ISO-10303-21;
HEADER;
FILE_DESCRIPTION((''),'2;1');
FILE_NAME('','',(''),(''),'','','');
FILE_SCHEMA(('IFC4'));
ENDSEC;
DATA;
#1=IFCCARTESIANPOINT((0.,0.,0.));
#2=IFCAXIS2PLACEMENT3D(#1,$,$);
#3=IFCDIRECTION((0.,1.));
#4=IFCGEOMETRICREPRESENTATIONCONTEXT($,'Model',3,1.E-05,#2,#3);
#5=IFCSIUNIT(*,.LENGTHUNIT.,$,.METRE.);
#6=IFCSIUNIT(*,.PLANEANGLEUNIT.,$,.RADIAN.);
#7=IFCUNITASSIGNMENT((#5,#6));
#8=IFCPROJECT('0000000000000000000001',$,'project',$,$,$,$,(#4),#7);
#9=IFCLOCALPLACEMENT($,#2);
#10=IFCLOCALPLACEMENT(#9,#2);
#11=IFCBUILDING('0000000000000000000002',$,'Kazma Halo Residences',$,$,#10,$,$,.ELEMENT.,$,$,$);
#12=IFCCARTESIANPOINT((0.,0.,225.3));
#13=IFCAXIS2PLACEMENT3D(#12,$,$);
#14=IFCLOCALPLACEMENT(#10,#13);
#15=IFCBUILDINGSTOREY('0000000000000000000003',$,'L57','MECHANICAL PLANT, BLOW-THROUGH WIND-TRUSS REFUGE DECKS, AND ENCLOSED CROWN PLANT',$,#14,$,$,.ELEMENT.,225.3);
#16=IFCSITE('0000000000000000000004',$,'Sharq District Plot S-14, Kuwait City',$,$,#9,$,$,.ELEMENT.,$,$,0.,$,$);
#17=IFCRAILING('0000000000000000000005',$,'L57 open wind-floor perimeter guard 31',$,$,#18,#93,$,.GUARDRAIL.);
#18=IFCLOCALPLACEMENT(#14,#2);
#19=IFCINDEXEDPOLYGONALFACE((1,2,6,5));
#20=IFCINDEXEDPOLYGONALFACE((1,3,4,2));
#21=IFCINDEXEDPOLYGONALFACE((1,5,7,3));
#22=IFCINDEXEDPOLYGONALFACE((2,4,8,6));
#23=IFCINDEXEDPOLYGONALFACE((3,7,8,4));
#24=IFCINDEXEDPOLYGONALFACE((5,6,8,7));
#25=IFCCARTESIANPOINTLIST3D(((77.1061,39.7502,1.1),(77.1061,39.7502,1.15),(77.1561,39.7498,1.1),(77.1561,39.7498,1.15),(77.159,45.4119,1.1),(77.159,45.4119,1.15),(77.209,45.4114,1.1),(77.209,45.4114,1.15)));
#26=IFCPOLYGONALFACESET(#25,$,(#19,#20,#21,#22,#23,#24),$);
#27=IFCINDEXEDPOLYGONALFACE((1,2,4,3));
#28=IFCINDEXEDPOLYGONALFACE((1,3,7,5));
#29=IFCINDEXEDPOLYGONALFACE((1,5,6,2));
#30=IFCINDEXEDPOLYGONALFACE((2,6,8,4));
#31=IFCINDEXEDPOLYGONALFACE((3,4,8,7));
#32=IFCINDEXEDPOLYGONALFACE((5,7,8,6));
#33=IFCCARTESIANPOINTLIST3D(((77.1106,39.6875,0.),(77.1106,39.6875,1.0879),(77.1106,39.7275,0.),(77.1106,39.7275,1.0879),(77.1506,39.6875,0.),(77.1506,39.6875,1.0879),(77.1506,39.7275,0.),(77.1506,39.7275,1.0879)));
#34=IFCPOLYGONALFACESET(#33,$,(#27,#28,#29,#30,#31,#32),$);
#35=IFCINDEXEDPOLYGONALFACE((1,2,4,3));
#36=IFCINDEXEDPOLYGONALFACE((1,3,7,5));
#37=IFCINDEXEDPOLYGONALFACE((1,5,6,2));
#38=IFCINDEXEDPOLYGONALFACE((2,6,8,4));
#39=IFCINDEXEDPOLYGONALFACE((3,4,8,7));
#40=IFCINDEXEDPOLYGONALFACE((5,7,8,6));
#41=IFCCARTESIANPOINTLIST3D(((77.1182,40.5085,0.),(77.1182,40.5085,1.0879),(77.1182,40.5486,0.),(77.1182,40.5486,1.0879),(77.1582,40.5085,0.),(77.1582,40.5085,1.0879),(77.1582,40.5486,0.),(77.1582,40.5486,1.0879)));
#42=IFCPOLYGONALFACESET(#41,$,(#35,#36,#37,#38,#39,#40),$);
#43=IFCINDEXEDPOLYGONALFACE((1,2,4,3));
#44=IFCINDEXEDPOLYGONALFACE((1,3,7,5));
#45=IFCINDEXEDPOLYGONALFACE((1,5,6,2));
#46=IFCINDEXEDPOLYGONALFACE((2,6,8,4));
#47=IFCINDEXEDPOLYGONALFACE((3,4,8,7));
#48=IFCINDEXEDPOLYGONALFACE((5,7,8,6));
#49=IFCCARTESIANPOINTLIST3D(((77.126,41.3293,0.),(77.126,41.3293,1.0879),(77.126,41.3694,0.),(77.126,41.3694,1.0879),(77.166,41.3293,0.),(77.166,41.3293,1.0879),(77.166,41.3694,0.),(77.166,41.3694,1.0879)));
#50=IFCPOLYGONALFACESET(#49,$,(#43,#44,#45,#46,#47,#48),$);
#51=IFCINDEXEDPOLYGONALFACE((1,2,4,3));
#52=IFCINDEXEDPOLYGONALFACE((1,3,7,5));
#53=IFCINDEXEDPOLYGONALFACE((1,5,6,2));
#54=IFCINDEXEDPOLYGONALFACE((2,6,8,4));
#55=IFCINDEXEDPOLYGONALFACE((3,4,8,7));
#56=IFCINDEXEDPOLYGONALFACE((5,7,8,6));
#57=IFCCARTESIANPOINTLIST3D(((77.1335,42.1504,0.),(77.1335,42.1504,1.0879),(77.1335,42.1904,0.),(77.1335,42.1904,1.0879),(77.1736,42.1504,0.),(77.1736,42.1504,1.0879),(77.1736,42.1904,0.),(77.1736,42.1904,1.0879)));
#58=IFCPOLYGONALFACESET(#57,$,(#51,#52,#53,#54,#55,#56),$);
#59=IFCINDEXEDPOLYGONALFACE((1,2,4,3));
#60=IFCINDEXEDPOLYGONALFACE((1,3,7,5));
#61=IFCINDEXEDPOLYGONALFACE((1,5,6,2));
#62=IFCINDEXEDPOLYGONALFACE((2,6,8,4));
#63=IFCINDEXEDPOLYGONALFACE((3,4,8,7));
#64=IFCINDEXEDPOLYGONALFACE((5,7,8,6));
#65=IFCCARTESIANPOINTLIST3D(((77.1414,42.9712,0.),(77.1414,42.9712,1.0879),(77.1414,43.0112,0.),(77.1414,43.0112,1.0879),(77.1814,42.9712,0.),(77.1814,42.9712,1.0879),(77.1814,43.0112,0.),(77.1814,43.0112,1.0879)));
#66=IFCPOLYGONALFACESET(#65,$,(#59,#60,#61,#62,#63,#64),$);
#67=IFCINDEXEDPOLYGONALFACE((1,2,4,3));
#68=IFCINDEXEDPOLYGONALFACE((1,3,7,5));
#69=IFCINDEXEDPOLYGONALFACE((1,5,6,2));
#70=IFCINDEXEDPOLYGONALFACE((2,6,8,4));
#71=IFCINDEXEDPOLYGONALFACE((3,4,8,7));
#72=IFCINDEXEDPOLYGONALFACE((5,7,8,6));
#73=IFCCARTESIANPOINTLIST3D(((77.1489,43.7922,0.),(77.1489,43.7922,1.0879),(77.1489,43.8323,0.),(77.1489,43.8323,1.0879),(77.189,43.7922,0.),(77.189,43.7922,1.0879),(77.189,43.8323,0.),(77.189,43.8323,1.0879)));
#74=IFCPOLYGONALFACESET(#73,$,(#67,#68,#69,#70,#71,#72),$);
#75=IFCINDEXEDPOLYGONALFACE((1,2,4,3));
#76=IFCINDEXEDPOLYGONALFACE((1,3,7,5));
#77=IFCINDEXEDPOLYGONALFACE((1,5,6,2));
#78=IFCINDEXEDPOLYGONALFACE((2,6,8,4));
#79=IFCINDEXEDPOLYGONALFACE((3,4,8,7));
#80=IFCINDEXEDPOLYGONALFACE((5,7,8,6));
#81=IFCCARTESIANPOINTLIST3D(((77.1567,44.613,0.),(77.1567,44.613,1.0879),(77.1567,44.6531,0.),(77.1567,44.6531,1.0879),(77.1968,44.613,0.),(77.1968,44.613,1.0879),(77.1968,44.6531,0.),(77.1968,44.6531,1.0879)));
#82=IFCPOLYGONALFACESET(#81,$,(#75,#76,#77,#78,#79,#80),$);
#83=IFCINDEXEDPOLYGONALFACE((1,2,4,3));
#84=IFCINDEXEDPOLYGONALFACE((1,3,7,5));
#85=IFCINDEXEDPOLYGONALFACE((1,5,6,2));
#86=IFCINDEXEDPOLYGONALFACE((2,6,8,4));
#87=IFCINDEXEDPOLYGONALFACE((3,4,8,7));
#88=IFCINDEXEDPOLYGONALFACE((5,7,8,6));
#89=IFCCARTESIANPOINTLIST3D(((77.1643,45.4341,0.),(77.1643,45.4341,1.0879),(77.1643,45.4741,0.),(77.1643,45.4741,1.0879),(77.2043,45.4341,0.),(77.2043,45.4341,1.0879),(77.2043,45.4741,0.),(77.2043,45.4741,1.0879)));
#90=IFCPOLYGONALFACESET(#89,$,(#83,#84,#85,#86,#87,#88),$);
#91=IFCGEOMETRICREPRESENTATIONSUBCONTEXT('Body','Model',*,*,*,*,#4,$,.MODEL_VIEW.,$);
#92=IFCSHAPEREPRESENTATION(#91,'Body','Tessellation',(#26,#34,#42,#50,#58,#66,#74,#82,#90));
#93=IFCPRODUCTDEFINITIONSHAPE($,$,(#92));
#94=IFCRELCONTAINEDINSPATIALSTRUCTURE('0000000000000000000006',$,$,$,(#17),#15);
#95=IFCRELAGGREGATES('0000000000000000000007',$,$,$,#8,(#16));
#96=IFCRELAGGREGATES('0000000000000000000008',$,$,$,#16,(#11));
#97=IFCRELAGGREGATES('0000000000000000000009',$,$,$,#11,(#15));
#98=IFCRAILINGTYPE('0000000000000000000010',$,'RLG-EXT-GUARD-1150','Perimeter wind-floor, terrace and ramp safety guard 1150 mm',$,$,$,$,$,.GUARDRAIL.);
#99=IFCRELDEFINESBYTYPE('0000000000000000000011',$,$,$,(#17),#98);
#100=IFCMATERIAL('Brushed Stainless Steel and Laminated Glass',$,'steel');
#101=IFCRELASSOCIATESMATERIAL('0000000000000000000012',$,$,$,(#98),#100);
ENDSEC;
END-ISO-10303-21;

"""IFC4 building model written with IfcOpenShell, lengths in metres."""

from ifc_helpers import new_model, si_unit, direction, frame, origin, origin_2d, place, context, subcontext, project, spatial, rectangle, extrude, material, type_object, element, save


model = new_model("IFC4")

# Units and contexts
model_context = context("Model", 3, precision=1e-05, world=origin(), true_north=direction((0.0, 1.0)))
body_context = subcontext(model_context, "Body", "Model", "MODEL_VIEW")
ifc_project = project(units=[si_unit("LENGTHUNIT", "METRE"), si_unit("PLANEANGLEUNIT", "RADIAN")], contexts=[model_context])

# Site, building, storey
site_placement = place(None, origin())
site = spatial("IfcSite", under=ifc_project, at=site_placement, Name="Sharq District Plot S-14, Kuwait City", CompositionType="ELEMENT", RefElevation=0.0)
building_placement = place(site_placement, origin())
building = spatial("IfcBuilding", under=site, at=building_placement, Name="Kazma Halo Residences", CompositionType="ELEMENT")
storey_placement = place(building_placement, frame((0.0, 0.0, 225.3)))
storey = spatial("IfcBuildingStorey", under=building, at=storey_placement, Name="L57", Description="MECHANICAL PLANT, BLOW-THROUGH WIND-TRUSS REFUGE DECKS, AND ENCLOSED CROWN PLANT", CompositionType="ELEMENT", Elevation=225.3)

# Railing
ifc_material_1 = material(Name="Brushed Stainless Steel and Laminated Glass", Category="steel")
railing_type = type_object("IfcRailingType", Name="RLG-EXT-GUARD-1150", Description="Perimeter wind-floor, terrace and ramp safety guard 1150 mm", PredefinedType="GUARDRAIL", material=ifc_material_1)
railing_1_placement = place(storey_placement, frame((77.1306, 39.7075, 0.0)))
element("IfcRailing", 1, at=railing_1_placement, inside=storey, type_object=railing_type, Name="L57 open wind-floor perimeter guard 31", PredefinedType="GUARDRAIL", context=body_context, shape_type="SweptSolid", body=[
    extrude(rectangle(XDim=0.05, YDim=0.05, at=origin_2d()), frame((0.0005, 0.0425, 1.125), z_axis=(0.009346, 0.999956, 0.0), x_axis=(-0.999956, 0.009346, 0.0)), (0.0, 0.0, 1.0), 5.6619),
    extrude(rectangle(XDim=0.04, YDim=0.04, at=origin_2d()), origin(), (0.0, 0.0, 1.0), 1.0879),
    extrude(rectangle(XDim=0.04, YDim=0.04, at=origin_2d()), frame((0.0076, 0.821, 0.0)), (0.0, 0.0, 1.0), 1.0879),
    extrude(rectangle(XDim=0.04, YDim=0.04, at=origin_2d()), frame((0.0154, 1.6418, 0.0)), (0.0, 0.0, 1.0), 1.0879),
    extrude(rectangle(XDim=0.04, YDim=0.04, at=origin_2d()), frame((0.0229, 2.4629, 0.0)), (0.0, 0.0, 1.0), 1.0879),
    extrude(rectangle(XDim=0.04, YDim=0.04, at=origin_2d()), frame((0.0308, 3.2837, 0.0)), (0.0, 0.0, 1.0), 1.0879),
    extrude(rectangle(XDim=0.04, YDim=0.04, at=origin_2d()), frame((0.0383, 4.1047, 0.0)), (0.0, 0.0, 1.0), 1.0879),
    extrude(rectangle(XDim=0.04, YDim=0.04, at=origin_2d()), frame((0.0461, 4.9255, 0.0)), (0.0, 0.0, 1.0), 1.0879),
    extrude(rectangle(XDim=0.04, YDim=0.04, at=origin_2d()), frame((0.0537, 5.7466, 0.0)), (0.0, 0.0, 1.0), 1.0879),
])

save(model, "model.ifc")
